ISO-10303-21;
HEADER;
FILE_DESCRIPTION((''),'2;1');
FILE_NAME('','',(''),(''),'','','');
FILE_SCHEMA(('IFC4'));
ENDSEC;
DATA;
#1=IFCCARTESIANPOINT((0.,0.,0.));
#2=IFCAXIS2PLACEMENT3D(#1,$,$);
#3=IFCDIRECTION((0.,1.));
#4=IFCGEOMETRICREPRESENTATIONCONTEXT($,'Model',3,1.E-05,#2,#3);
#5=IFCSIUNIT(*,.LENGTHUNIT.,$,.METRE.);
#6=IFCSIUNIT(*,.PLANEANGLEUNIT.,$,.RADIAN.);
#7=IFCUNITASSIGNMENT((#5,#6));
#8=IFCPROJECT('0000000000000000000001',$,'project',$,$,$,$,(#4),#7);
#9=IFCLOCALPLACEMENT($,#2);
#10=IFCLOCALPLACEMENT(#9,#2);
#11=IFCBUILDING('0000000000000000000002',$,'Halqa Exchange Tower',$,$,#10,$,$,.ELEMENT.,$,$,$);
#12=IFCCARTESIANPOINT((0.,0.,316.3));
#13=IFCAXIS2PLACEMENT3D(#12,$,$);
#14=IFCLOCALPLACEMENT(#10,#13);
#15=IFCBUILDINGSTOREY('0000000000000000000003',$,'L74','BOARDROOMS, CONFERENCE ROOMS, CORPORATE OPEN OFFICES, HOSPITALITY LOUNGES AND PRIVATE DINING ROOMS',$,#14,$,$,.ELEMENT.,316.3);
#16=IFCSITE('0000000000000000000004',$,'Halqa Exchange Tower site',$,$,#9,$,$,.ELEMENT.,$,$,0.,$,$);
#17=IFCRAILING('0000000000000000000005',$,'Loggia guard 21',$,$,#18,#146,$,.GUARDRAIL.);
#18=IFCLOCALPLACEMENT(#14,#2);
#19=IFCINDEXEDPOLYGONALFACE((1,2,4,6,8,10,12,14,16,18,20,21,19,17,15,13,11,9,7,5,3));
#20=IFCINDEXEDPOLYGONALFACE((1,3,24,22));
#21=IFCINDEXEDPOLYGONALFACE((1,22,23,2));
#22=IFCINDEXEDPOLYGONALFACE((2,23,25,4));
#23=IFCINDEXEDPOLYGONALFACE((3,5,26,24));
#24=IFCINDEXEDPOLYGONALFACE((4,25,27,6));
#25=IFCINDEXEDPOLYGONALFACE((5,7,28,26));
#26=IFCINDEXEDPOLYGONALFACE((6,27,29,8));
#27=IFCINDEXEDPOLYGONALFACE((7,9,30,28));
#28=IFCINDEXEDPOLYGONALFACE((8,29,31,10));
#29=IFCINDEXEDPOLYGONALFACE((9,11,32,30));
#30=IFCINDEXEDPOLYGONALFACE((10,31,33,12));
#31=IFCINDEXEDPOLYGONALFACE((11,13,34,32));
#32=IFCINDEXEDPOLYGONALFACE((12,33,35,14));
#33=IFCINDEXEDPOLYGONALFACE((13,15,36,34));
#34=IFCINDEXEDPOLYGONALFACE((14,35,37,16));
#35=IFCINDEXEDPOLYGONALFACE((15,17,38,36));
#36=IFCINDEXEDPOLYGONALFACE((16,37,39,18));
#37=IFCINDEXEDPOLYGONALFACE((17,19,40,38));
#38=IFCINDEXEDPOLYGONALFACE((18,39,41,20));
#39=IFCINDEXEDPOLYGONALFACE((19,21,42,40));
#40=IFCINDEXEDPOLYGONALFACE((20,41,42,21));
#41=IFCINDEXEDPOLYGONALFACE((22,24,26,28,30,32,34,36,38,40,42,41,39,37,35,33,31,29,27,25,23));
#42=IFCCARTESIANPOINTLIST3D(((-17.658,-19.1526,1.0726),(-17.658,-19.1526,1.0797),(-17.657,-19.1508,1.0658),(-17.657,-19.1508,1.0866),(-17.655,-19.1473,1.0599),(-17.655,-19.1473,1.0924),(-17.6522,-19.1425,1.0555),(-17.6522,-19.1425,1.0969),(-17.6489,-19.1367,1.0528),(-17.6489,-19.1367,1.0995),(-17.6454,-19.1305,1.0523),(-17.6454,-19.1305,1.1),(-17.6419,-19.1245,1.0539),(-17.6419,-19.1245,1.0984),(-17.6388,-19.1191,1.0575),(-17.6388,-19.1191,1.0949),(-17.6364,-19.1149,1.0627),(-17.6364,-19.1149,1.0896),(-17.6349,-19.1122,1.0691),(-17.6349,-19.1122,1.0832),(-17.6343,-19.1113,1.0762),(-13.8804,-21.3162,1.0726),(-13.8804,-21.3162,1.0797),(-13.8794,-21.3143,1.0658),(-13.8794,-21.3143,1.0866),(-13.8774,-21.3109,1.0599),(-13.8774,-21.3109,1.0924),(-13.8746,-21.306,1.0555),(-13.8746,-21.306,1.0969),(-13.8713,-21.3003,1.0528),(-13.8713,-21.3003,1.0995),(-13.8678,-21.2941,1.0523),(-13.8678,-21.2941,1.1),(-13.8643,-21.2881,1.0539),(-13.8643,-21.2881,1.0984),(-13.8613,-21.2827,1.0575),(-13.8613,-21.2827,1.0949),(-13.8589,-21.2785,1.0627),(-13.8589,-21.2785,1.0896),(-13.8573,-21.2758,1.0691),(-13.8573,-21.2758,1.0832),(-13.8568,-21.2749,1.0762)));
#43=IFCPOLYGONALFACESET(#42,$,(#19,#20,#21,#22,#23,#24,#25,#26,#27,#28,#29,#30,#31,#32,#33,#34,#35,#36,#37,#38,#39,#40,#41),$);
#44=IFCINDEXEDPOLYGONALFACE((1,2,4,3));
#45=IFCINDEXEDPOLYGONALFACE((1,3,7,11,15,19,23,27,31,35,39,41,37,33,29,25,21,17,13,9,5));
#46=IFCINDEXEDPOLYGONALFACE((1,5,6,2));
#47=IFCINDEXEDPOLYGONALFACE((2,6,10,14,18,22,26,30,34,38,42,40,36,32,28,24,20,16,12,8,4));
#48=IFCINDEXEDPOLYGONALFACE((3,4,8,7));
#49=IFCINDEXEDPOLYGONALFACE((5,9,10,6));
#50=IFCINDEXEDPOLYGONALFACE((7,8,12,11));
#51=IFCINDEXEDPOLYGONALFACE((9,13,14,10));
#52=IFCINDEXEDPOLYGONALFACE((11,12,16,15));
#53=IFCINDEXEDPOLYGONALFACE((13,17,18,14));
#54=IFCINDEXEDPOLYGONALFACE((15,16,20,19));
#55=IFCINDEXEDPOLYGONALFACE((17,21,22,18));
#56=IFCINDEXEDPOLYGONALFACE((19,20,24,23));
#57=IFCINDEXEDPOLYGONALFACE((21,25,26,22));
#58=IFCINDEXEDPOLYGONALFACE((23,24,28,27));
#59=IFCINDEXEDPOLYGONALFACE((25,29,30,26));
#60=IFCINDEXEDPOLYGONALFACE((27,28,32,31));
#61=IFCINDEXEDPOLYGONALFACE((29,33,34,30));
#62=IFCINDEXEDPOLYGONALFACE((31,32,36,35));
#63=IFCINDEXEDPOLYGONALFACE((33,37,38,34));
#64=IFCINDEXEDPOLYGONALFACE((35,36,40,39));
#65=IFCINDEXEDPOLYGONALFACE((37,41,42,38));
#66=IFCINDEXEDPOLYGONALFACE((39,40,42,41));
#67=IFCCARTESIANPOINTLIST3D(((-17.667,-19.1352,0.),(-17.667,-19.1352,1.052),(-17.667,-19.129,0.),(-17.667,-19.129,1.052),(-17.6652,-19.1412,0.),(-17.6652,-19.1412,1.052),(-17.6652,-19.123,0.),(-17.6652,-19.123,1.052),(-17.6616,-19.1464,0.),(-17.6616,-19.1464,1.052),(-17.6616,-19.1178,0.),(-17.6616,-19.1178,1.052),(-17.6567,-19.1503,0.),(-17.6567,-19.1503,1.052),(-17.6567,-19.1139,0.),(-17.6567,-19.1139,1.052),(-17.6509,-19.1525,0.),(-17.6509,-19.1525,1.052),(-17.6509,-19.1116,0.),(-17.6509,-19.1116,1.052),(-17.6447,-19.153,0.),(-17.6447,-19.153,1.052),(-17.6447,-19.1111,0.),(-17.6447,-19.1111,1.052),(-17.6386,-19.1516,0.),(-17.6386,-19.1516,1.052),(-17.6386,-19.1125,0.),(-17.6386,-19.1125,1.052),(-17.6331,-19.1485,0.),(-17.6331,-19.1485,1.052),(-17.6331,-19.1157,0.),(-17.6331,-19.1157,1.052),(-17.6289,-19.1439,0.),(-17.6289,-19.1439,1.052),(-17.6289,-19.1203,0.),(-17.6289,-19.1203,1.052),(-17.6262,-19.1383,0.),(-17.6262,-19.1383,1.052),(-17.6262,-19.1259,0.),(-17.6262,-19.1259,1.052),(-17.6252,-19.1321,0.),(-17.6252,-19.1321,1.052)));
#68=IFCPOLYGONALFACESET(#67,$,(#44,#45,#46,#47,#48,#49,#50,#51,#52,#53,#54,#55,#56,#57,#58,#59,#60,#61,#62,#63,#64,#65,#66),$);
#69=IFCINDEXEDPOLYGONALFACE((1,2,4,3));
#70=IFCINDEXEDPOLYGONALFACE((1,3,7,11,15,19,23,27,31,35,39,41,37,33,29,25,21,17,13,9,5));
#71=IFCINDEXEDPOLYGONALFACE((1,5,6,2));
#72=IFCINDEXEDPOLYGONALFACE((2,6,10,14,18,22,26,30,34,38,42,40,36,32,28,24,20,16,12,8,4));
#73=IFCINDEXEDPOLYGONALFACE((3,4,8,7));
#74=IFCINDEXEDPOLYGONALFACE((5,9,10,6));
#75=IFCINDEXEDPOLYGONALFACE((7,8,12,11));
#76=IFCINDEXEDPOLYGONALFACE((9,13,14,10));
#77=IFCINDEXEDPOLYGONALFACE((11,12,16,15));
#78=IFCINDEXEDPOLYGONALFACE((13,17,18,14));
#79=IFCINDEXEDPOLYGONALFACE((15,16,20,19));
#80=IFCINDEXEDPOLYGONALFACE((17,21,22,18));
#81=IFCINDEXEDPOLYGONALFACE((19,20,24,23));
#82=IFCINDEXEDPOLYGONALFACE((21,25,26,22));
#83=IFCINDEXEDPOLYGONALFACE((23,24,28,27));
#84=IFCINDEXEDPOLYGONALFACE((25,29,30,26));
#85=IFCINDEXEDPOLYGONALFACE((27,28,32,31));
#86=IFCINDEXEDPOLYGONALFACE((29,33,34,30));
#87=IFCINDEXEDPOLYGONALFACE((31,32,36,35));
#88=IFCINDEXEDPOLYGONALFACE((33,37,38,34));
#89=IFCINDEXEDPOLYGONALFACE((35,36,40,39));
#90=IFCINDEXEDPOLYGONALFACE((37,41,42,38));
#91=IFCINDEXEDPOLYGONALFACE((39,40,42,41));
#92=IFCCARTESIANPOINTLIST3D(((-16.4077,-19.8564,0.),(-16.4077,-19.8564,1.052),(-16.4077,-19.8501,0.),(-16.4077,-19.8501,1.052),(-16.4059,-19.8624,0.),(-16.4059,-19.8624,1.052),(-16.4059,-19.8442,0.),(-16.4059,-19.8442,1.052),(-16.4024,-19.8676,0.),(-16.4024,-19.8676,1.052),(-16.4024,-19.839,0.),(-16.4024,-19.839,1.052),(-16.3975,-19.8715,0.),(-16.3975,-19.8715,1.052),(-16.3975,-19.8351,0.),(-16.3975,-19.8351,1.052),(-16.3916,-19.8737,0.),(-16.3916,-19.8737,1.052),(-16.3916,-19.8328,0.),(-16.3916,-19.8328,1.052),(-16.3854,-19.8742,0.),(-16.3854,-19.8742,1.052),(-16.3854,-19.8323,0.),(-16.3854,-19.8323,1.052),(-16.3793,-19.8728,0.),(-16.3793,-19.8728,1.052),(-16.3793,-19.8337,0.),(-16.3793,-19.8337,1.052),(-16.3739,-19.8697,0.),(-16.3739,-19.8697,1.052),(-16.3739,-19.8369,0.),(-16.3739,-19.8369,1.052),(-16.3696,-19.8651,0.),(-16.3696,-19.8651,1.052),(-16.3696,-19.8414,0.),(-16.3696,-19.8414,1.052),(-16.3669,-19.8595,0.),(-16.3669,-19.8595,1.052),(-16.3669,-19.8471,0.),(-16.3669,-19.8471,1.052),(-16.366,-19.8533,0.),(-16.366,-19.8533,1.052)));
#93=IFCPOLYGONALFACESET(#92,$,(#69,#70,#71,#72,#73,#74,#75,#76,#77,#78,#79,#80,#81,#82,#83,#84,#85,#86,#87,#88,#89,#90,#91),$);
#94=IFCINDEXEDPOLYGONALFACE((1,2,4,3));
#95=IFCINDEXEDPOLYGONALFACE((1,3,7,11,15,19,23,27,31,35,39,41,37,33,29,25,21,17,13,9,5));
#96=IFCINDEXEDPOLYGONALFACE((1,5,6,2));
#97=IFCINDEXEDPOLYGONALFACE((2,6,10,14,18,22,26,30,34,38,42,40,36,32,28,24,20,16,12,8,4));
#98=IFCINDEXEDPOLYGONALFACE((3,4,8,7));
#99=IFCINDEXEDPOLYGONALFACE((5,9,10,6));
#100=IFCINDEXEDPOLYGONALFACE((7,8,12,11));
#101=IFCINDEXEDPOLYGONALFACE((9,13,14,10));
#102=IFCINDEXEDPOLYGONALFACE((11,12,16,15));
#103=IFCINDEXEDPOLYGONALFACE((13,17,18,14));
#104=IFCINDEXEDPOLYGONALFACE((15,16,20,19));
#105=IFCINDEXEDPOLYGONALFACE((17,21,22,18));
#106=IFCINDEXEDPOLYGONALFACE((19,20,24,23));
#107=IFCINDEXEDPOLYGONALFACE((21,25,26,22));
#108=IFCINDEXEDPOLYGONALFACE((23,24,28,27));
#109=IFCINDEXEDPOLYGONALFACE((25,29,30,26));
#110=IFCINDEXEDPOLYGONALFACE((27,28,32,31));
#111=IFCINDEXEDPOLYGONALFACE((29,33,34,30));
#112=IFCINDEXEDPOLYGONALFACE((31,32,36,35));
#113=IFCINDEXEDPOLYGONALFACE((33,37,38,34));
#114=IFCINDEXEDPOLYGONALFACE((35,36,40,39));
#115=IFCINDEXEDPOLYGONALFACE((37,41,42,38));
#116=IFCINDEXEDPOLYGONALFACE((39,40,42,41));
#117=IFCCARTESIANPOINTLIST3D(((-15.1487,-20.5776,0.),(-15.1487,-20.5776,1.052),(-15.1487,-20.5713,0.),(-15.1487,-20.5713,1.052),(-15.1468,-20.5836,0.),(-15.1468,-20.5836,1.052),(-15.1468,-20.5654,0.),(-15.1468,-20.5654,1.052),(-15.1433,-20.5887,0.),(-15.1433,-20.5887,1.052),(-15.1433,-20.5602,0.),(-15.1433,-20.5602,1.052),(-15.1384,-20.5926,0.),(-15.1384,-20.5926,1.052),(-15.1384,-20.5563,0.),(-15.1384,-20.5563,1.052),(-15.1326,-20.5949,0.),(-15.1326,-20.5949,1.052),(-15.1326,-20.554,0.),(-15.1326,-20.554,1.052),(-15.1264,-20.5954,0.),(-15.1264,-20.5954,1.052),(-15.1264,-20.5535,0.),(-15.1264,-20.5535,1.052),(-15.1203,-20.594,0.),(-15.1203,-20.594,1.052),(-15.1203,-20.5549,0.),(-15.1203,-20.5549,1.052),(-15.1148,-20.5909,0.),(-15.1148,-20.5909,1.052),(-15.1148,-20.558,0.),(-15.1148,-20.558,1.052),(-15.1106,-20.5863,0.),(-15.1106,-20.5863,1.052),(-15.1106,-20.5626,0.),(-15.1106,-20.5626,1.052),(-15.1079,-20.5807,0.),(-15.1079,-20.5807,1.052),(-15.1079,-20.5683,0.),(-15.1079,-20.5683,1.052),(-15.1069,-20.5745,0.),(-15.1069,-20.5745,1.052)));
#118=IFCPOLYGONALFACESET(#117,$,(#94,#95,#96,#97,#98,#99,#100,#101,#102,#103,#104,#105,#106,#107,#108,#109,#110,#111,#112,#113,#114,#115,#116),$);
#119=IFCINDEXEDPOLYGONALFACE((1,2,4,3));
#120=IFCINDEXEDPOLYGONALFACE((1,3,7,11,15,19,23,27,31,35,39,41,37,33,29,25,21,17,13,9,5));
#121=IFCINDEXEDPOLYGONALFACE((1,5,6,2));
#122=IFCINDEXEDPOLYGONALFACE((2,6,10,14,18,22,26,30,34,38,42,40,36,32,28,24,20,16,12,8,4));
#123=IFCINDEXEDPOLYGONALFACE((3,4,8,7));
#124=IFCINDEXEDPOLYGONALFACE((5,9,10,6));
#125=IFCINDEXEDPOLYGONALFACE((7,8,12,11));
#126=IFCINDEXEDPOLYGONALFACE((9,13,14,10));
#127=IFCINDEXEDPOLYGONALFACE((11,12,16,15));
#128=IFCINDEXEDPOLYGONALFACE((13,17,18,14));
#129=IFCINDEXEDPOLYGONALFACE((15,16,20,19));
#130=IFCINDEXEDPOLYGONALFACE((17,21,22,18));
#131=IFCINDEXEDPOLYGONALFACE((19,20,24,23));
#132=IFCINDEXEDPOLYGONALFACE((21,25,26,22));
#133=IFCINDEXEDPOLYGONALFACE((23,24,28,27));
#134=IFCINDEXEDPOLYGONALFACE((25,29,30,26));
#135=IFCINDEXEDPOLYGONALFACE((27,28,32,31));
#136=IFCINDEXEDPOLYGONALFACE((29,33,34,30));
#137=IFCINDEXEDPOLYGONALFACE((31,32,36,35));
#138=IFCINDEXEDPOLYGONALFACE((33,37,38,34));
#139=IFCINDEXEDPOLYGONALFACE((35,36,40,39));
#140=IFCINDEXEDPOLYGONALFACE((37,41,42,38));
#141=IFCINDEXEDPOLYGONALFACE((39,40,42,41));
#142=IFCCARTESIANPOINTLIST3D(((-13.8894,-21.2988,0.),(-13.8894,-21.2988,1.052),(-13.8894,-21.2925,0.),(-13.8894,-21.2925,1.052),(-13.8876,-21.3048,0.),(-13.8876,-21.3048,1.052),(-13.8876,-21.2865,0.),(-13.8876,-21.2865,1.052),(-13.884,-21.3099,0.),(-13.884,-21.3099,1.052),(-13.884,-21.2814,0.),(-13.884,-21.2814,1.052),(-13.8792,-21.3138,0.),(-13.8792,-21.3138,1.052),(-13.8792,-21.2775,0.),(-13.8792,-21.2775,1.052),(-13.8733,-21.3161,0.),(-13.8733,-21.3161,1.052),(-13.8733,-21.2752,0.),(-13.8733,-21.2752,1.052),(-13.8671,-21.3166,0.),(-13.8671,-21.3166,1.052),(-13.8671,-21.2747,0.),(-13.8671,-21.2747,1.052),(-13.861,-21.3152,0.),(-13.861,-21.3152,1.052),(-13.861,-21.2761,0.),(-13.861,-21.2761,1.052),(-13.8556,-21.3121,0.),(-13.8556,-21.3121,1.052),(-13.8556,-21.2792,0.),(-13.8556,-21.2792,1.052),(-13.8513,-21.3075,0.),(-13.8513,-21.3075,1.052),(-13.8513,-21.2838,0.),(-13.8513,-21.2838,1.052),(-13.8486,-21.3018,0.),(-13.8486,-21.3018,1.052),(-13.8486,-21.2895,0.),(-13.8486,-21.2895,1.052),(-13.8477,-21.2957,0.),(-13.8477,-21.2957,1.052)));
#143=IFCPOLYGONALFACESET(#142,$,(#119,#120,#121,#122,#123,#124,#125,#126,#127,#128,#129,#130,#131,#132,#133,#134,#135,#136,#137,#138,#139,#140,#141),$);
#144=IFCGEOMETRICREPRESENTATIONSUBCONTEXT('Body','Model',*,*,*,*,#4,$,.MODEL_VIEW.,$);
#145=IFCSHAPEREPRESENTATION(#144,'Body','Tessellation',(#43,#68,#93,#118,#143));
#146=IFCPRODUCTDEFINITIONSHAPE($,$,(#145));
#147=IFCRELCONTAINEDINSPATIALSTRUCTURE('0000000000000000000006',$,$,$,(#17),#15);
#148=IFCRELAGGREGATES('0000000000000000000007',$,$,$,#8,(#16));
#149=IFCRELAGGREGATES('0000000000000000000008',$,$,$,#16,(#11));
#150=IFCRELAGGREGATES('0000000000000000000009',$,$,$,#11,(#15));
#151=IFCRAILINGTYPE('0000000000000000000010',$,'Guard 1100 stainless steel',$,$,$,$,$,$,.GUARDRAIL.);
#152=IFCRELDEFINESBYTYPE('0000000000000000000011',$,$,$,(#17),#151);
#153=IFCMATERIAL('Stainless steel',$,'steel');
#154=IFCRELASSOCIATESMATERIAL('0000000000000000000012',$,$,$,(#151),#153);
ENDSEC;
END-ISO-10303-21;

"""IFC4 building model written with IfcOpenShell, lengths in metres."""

from ifc_helpers import new_model, si_unit, direction, frame, origin, origin_2d, place, context, subcontext, project, spatial, circle, extrude, material, type_object, element, save


model = new_model("IFC4")

# Units and contexts
model_context = context("Model", 3, precision=1e-05, world=origin(), true_north=direction((0.0, 1.0)))
body_context = subcontext(model_context, "Body", "Model", "MODEL_VIEW")
ifc_project = project(units=[si_unit("LENGTHUNIT", "METRE"), si_unit("PLANEANGLEUNIT", "RADIAN")], contexts=[model_context])

# Site, building, storey
site_placement = place(None, origin())
site = spatial("IfcSite", under=ifc_project, at=site_placement, Name="Halqa Exchange Tower site", CompositionType="ELEMENT", RefElevation=0.0)
building_placement = place(site_placement, origin())
building = spatial("IfcBuilding", under=site, at=building_placement, Name="Halqa Exchange Tower", CompositionType="ELEMENT")
storey_placement = place(building_placement, frame((0.0, 0.0, 316.3)))
storey = spatial("IfcBuildingStorey", under=building, at=storey_placement, Name="L74", Description="BOARDROOMS, CONFERENCE ROOMS, CORPORATE OPEN OFFICES, HOSPITALITY LOUNGES AND PRIVATE DINING ROOMS", CompositionType="ELEMENT", Elevation=316.3)

# Railing
ifc_material_1 = material(Name="Stainless steel", Category="steel")
railing_type = type_object("IfcRailingType", Name="Guard 1100 stainless steel", PredefinedType="GUARDRAIL", material=ifc_material_1)
railing_1_placement = place(storey_placement, frame((-17.6462, -19.1321, 0.0)))
element("IfcRailing", 1, at=railing_1_placement, inside=storey, type_object=railing_type, Name="Loggia guard 21", PredefinedType="GUARDRAIL", context=body_context, shape_type="SweptSolid", body=[
    extrude(circle(Radius=0.0239, at=origin_2d()), frame((0.0, 0.0, 1.0762), z_axis=(0.867753, -0.496996, 0.0), x_axis=(0.496996, 0.867753, 0.0)), (0.0, 0.0, 1.0), 4.3533),
    extrude(circle(Radius=0.021, at=origin_2d()), origin(), (0.0, 0.0, 1.0), 1.052),
    extrude(circle(Radius=0.021, at=origin_2d()), frame((1.2593, -0.7212, 0.0)), (0.0, 0.0, 1.0), 1.052),
    extrude(circle(Radius=0.021, at=origin_2d()), frame((2.5183, -1.4424, 0.0)), (0.0, 0.0, 1.0), 1.052),
    extrude(circle(Radius=0.021, at=origin_2d()), frame((3.7776, -2.1636, 0.0)), (0.0, 0.0, 1.0), 1.052),
])

save(model, "model.ifc")
